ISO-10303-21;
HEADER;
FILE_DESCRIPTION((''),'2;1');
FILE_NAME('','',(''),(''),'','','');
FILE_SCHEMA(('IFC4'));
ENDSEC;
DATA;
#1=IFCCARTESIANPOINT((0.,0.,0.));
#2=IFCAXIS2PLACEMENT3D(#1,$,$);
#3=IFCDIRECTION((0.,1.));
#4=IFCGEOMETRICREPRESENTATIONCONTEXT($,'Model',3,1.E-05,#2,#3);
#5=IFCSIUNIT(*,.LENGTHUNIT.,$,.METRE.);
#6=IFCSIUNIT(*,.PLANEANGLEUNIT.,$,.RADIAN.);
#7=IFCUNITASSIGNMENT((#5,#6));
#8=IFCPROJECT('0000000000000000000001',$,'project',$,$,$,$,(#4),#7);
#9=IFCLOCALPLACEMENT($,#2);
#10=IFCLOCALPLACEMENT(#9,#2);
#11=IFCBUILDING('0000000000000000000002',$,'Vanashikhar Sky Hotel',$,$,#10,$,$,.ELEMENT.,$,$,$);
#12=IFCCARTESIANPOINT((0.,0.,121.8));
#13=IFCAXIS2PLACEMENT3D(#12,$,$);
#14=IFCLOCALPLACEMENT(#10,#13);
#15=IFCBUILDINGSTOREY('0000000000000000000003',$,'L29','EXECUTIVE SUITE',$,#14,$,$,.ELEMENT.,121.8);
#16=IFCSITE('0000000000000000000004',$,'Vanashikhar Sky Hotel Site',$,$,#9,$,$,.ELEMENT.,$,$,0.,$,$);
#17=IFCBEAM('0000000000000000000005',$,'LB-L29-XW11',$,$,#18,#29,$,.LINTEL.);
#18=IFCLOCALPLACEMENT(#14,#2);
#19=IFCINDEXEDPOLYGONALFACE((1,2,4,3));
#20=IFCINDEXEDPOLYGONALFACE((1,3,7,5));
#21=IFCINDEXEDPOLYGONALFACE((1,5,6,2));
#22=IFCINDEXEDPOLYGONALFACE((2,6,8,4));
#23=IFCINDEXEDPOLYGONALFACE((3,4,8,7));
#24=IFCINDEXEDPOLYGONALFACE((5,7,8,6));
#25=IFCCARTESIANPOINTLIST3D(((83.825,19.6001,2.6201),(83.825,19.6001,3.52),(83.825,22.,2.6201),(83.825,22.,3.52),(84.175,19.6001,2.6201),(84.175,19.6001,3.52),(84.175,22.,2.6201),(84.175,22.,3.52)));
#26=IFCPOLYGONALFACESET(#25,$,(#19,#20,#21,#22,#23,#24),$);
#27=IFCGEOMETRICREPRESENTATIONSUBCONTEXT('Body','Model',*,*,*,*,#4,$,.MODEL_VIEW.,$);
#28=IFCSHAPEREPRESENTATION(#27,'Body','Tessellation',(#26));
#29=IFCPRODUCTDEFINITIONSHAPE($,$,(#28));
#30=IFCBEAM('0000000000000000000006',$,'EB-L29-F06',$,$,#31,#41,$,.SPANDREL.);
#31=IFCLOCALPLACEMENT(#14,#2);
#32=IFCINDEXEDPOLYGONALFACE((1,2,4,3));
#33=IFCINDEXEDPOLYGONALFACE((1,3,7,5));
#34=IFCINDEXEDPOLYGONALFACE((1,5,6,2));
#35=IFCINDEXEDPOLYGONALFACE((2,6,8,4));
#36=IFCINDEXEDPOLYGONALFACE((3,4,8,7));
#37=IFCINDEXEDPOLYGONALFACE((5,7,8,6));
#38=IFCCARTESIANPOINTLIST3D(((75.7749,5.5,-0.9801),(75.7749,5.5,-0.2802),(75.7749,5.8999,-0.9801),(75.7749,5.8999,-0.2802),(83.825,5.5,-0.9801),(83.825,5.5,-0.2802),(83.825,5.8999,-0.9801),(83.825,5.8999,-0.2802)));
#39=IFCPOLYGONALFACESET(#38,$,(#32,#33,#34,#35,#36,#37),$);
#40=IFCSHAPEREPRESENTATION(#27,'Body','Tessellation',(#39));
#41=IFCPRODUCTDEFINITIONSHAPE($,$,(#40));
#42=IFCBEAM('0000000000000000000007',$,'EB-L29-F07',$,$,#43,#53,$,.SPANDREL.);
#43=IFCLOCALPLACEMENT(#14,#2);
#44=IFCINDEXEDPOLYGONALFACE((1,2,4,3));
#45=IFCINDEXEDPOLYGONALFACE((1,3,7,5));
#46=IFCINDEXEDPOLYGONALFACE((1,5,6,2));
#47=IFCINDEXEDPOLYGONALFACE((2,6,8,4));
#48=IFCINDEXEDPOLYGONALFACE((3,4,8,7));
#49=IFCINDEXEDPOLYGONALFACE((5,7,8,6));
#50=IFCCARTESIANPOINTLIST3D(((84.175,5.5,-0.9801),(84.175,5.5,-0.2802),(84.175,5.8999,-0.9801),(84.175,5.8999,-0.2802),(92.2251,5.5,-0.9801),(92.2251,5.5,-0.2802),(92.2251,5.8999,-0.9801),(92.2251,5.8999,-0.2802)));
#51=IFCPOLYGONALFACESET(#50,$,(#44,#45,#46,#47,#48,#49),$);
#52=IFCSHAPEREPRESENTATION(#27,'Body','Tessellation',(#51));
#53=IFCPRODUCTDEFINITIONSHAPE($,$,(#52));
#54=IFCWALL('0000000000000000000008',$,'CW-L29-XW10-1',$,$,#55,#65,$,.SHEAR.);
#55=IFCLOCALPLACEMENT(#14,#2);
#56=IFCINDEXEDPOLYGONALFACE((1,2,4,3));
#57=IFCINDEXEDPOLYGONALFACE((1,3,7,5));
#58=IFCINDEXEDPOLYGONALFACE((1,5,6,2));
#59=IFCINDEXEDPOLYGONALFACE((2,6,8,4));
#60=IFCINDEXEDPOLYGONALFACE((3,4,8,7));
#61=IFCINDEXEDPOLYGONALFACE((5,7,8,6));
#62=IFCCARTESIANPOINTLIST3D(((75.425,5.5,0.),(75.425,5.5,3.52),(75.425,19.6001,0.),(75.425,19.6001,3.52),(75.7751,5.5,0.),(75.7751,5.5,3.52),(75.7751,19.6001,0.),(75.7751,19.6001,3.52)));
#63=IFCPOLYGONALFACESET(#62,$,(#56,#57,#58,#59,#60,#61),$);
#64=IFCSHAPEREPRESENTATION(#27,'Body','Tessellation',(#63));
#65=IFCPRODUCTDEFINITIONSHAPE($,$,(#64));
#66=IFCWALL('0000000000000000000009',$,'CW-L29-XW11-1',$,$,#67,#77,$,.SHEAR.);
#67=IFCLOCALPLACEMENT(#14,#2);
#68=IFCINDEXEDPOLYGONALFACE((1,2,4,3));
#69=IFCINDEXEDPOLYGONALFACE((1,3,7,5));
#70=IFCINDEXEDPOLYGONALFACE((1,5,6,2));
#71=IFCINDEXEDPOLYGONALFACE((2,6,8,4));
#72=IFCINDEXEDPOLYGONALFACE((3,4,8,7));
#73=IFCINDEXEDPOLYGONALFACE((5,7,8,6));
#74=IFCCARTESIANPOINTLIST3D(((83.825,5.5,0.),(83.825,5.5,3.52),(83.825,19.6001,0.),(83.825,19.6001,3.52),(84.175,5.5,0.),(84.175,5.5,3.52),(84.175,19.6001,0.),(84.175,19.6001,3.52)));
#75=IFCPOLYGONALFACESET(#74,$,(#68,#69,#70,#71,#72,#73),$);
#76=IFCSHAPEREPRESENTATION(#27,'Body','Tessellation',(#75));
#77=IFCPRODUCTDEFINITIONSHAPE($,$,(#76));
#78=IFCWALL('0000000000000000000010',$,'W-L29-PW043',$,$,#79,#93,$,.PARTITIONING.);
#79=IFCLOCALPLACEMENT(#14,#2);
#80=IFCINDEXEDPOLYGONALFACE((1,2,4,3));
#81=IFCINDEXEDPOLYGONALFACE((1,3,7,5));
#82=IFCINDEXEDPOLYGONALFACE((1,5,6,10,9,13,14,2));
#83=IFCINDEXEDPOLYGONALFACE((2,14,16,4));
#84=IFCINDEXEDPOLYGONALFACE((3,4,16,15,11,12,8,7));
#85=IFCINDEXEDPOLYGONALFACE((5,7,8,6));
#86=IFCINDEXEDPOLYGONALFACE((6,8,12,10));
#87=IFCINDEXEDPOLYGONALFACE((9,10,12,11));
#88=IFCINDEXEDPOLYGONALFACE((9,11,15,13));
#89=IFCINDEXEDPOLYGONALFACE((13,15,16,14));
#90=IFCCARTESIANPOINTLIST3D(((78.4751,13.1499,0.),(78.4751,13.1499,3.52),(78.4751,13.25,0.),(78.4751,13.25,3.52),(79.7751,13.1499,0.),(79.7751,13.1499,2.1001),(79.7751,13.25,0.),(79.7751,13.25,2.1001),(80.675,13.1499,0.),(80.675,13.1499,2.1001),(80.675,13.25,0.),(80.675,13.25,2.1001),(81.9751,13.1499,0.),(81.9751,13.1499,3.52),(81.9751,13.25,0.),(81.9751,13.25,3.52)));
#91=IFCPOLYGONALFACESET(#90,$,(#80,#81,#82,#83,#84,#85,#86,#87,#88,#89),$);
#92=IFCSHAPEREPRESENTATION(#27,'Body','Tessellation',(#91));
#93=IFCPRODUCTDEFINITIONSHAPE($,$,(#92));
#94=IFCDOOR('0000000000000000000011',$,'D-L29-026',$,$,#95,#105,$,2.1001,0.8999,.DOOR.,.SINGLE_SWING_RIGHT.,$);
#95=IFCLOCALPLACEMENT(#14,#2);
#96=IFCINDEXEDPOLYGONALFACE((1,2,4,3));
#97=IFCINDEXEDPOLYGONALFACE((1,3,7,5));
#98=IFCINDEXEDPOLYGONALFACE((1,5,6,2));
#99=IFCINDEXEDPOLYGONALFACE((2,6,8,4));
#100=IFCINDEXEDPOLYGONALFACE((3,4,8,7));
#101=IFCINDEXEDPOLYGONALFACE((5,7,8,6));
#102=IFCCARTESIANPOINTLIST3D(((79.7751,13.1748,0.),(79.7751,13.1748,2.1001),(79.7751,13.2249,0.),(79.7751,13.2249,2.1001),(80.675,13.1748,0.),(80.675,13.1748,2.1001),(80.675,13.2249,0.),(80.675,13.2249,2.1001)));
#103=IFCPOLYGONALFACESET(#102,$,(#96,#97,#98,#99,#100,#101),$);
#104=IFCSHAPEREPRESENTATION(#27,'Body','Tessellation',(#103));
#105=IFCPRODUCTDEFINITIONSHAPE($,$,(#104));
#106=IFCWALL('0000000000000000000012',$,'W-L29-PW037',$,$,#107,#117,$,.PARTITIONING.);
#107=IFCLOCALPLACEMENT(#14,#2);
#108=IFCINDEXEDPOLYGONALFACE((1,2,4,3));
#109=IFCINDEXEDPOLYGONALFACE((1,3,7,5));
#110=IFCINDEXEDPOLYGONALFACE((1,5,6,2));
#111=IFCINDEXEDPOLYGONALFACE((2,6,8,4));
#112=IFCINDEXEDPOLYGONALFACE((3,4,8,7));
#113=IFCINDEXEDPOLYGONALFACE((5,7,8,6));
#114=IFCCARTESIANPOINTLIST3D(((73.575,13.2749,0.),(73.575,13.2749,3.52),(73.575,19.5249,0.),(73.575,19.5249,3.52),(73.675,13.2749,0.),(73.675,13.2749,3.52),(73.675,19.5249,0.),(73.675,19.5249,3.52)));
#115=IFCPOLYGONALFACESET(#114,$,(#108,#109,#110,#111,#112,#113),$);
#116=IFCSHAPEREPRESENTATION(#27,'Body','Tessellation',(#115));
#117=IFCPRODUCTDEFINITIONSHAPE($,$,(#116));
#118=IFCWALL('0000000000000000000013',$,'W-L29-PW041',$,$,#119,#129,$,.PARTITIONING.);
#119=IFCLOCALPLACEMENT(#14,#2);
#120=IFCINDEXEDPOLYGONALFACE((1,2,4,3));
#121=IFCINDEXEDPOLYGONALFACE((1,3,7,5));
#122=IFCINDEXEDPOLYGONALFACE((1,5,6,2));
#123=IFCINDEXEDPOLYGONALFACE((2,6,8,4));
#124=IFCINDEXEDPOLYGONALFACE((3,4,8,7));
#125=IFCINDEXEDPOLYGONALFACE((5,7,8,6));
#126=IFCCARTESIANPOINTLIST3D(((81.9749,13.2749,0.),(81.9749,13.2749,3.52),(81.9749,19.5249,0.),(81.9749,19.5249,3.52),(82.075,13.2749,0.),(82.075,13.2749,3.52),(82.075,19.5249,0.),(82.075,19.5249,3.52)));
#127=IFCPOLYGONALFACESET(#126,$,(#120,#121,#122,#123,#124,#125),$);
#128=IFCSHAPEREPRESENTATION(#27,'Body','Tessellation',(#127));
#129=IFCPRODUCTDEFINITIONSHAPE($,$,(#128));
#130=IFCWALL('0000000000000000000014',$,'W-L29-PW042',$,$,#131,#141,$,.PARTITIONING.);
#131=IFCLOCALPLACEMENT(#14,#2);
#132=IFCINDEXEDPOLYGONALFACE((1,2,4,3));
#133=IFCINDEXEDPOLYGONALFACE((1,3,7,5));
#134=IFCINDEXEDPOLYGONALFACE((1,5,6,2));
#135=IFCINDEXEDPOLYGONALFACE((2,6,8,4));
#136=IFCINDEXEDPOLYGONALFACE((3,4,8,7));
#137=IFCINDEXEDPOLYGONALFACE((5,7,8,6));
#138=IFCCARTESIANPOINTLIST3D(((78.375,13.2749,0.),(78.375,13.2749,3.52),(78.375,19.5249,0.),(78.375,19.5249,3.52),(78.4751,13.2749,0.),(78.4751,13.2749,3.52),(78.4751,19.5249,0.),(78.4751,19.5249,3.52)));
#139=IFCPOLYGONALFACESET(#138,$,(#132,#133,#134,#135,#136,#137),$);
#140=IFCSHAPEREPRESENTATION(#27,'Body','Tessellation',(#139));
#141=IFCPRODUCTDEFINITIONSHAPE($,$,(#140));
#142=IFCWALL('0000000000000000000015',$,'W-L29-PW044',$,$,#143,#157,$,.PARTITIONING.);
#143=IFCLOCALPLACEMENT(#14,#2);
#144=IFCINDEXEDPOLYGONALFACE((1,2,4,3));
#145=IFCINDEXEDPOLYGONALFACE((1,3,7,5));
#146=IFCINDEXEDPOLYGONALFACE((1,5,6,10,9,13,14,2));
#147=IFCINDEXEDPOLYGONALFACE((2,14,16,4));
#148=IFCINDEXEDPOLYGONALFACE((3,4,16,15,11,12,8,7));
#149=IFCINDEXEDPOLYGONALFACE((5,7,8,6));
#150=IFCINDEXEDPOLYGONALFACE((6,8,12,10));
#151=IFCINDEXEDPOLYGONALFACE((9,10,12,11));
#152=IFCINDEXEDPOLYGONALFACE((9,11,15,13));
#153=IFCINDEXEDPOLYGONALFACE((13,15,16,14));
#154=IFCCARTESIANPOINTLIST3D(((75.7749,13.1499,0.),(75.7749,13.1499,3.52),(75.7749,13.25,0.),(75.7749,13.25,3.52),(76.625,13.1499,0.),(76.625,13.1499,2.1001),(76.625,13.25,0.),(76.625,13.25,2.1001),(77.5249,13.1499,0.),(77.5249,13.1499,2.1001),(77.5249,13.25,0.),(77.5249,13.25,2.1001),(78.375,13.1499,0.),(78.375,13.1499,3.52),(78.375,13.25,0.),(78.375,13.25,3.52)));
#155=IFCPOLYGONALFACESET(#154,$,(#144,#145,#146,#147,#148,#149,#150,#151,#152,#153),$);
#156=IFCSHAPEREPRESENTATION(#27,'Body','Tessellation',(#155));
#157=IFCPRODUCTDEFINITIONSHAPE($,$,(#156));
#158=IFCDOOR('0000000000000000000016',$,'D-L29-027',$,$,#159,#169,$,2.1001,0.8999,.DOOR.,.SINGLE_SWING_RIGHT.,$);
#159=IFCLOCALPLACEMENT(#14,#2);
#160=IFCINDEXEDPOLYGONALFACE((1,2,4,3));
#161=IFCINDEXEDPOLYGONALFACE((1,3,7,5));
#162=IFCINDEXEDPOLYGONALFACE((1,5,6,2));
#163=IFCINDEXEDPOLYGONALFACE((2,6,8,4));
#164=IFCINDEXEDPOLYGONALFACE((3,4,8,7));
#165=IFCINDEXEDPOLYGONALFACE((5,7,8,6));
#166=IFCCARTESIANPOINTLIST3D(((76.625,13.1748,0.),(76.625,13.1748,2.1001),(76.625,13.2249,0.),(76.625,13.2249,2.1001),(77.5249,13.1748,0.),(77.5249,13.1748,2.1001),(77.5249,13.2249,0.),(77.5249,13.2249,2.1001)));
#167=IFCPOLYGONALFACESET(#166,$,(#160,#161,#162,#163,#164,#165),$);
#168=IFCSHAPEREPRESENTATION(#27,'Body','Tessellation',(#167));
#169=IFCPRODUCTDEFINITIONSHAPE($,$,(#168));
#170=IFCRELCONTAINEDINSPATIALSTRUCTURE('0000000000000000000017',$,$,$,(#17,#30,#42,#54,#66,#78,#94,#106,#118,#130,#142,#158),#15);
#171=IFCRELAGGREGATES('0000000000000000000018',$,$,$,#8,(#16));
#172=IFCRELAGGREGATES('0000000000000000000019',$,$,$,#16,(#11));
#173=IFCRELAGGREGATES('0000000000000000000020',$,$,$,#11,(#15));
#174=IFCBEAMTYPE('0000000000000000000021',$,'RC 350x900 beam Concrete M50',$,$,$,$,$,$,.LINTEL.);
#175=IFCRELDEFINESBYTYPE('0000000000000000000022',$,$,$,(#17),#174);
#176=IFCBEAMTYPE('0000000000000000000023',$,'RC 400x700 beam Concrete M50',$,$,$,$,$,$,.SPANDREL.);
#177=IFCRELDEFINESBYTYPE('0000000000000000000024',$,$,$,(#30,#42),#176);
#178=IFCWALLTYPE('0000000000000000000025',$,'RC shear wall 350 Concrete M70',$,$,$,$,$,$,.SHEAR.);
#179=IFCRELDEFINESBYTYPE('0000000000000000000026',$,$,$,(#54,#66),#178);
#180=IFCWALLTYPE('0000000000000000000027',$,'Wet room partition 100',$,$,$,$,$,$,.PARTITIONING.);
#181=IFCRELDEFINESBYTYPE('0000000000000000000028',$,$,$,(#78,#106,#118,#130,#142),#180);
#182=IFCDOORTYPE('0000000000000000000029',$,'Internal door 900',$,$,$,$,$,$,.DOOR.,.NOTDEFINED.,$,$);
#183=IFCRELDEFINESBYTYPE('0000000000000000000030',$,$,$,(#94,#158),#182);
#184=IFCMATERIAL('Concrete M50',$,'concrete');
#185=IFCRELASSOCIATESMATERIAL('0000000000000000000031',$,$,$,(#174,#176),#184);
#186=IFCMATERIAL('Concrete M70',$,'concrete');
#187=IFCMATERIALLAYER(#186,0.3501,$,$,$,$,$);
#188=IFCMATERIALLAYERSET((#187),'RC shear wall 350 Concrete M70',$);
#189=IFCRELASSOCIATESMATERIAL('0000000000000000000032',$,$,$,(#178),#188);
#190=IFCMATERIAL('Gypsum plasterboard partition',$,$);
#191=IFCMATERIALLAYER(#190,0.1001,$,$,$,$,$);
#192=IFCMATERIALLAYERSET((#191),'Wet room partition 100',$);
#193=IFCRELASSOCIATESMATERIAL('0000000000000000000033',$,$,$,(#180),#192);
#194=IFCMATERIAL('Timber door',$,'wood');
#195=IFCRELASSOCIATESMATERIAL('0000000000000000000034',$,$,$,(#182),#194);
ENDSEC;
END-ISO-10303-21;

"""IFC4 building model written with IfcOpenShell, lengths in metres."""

from ifc_helpers import new_model, si_unit, direction, frame, frame_2d, origin, origin_2d, place, context, subcontext, project, spatial, rectangle, extrude, source, transform, mapped, material, layer, layer_set, material_profile, profile_set, type_object, element, fill, save


model = new_model("IFC4")

# Units and contexts
model_context = context("Model", 3, precision=1e-05, world=origin(), true_north=direction((0.0, 1.0)))
body_context = subcontext(model_context, "Body", "Model", "MODEL_VIEW")
ifc_project = project(units=[si_unit("LENGTHUNIT", "METRE"), si_unit("PLANEANGLEUNIT", "RADIAN")], contexts=[model_context])

# Site, building, storey
site_placement = place(None, origin())
site = spatial("IfcSite", under=ifc_project, at=site_placement, Name="Vanashikhar Sky Hotel Site", CompositionType="ELEMENT", RefElevation=0.0)
building_placement = place(site_placement, origin())
building = spatial("IfcBuilding", under=site, at=building_placement, Name="Vanashikhar Sky Hotel", CompositionType="ELEMENT")
storey_placement = place(building_placement, frame((0.0, 0.0, 121.8)))
storey = spatial("IfcBuildingStorey", under=building, at=storey_placement, Name="L29", Description="EXECUTIVE SUITE", CompositionType="ELEMENT", Elevation=121.8)

# Beams
ifc_material_1 = material(Name="Concrete M50", Category="concrete")
ifc_material_profile_1 = material_profile(ifc_material_1, rectangle(XDim=0.3501, YDim=0.8999, at=origin_2d()))
ifc_profile_set_1 = profile_set([ifc_material_profile_1], Name="RC 350x900 beam Concrete M50")
beam_type_1 = type_object("IfcBeamType", Name="RC 350x900 beam Concrete M50", PredefinedType="LINTEL", material=ifc_profile_set_1)
shared_shape_1 = source(origin(), body_context, "Body", "SweptSolid", [
    extrude(rectangle(XDim=0.3501, YDim=0.8999, at=origin_2d()), origin(), (0.0, 0.0, 1.0), 2.3999),
])
beam_placement = place(storey_placement, frame((84.0, 19.6001, 3.0701), z_axis=(0.0, 1.0, 0.0), x_axis=(-1.0, 0.0, 0.0)))
element("IfcBeam", 1, at=beam_placement, inside=storey, type_object=beam_type_1, Name="LB-L29-XW11", PredefinedType="LINTEL", context=body_context, shape_type="MappedRepresentation", body=[
    mapped(shared_shape_1, transform((0.0, 0.0, 0.0), scale=1.0)),
])
ifc_material_profile_2 = material_profile(ifc_material_1, rectangle(XDim=0.3999, YDim=0.7, at=origin_2d()))
ifc_profile_set_2 = profile_set([ifc_material_profile_2], Name="RC 400x700 beam Concrete M50")
beam_type_2 = type_object("IfcBeamType", Name="RC 400x700 beam Concrete M50", PredefinedType="SPANDREL", material=ifc_profile_set_2)
shared_shape_2 = source(origin(), body_context, "Body", "SweptSolid", [
    extrude(rectangle(XDim=0.3999, YDim=0.7, at=origin_2d()), origin(), (0.0, 0.0, 1.0), 8.05),
])
for number, where, z_axis, x_axis, name in (
    (2, (75.7749, 5.7, -0.6301), (1.0, 0.0, 0.0), (0.0, 1.0, 0.0), "EB-L29-F06"),
    (3, (84.175, 5.7, -0.6301), (1.0, 0.0, 0.0), (0.0, 1.0, 0.0), "EB-L29-F07"),
):
    element("IfcBeam", number, at=place(storey_placement, frame(where, z_axis=z_axis, x_axis=x_axis)), inside=storey, type_object=beam_type_2, Name=name, PredefinedType="SPANDREL", context=body_context, shape_type="MappedRepresentation", body=[
        mapped(shared_shape_2, transform((0.0, 0.0, 0.0), scale=1.0)),
    ])

# Walls
ifc_material_2 = material(Name="Concrete M70", Category="concrete")
ifc_layer_1 = layer(ifc_material_2, 0.3501)
ifc_layer_set_1 = layer_set([ifc_layer_1], Name="RC shear wall 350 Concrete M70")
wall_type_1 = type_object("IfcWallType", Name="RC shear wall 350 Concrete M70", PredefinedType="SHEAR", material=ifc_layer_set_1)
shared_shape_3 = source(origin(), body_context, "Body", "SweptSolid", [
    extrude(rectangle(XDim=14.1001, YDim=0.3501, at=frame_2d((7.05, 0.0))), origin(), (0.0, 0.0, 1.0), 3.52),
])
for number, where, z_axis, x_axis, name in (
    (4, (75.6001, 5.5, 0.0), (0.0, 0.0, 1.0), (0.0, 1.0, 0.0), "CW-L29-XW10-1"),
    (5, (84.0, 5.5, 0.0), (0.0, 0.0, 1.0), (0.0, 1.0, 0.0), "CW-L29-XW11-1"),
):
    element("IfcWall", number, at=place(storey_placement, frame(where, z_axis=z_axis, x_axis=x_axis)), inside=storey, type_object=wall_type_1, Name=name, PredefinedType="SHEAR", context=body_context, shape_type="MappedRepresentation", body=[
        mapped(shared_shape_3, transform((0.0, 0.0, 0.0), scale=1.0)),
    ])

# Wall, opening, door
ifc_material_3 = material(Name="Gypsum plasterboard partition")
ifc_layer_2 = layer(ifc_material_3, 0.1001)
ifc_layer_set_2 = layer_set([ifc_layer_2], Name="Wet room partition 100")
wall_type_2 = type_object("IfcWallType", Name="Wet room partition 100", PredefinedType="PARTITIONING", material=ifc_layer_set_2)
shared_shape_4 = source(origin(), body_context, "Body", "SweptSolid", [
    extrude(rectangle(XDim=3.5, YDim=0.1001, at=frame_2d((1.75, 0.0))), origin(), (0.0, 0.0, 1.0), 3.52),
])
wall_1_placement = place(storey_placement, frame((78.4751, 13.2, 0.0), z_axis=(0.0, 0.0, 1.0), x_axis=(1.0, 0.0, 0.0)))
wall_1 = element("IfcWall", 6, at=wall_1_placement, inside=storey, type_object=wall_type_2, Name="W-L29-PW043", PredefinedType="PARTITIONING", context=body_context, shape_type="MappedRepresentation", body=[
    mapped(shared_shape_4, transform((0.0, 0.0, 0.0), scale=1.0)),
])
shared_shape_5 = source(origin(), body_context, "Body", "SweptSolid", [
    extrude(rectangle(XDim=0.8999, YDim=2.1001, at=frame_2d((0.45, 1.05))), frame((0.0, 0.0601, 0.0), z_axis=(0.0, -1.0, 0.0), x_axis=(1.0, 0.0, 0.0)), (0.0, 0.0, 1.0), 0.1201),
])
opening_1_placement = place(wall_1_placement, frame((1.3, 0.0, 0.0)))
opening_1 = element("IfcOpeningElement", 7, at=opening_1_placement, cuts=wall_1, PredefinedType="OPENING", context=body_context, shape_type="MappedRepresentation", body=[
    mapped(shared_shape_5, transform((0.0, 0.0, 0.0), scale=1.0)),
])
ifc_material_4 = material(Name="Timber door", Category="wood")
door_type_1 = type_object("IfcDoorType", Name="Internal door 900", OperationType="NOTDEFINED", PredefinedType="DOOR", material=ifc_material_4)
shared_shape_6 = source(origin(), body_context, "Body", "SweptSolid", [
    extrude(rectangle(XDim=0.8999, YDim=2.1001, at=frame_2d((0.45, 1.05))), frame((0.0, 0.0249, 0.0), z_axis=(0.0, -1.0, 0.0), x_axis=(1.0, 0.0, 0.0)), (0.0, 0.0, 1.0), 0.05),
])
door_1_placement = place(opening_1_placement, origin())
door_1 = element("IfcDoor", 8, at=door_1_placement, inside=storey, type_object=door_type_1, Name="D-L29-026", OperationType="SINGLE_SWING_RIGHT", OverallHeight=2.1001, OverallWidth=0.8999, PredefinedType="DOOR", context=body_context, shape_type="MappedRepresentation", body=[
    mapped(shared_shape_6, transform((0.0, 0.0, 0.0), scale=1.0)),
])
fill(opening_1, door_1)

# Walls
shared_shape_7 = source(origin(), body_context, "Body", "SweptSolid", [
    extrude(rectangle(XDim=6.25, YDim=0.1001, at=frame_2d((3.125, 0.0))), origin(), (0.0, 0.0, 1.0), 3.52),
])
for number, where, z_axis, x_axis, name in (
    (9, (73.625, 13.2749, 0.0), (0.0, 0.0, 1.0), (0.0, 1.0, 0.0), "W-L29-PW037"),
    (10, (82.0249, 13.2749, 0.0), (0.0, 0.0, 1.0), (0.0, 1.0, 0.0), "W-L29-PW041"),
    (11, (78.425, 13.2749, 0.0), (0.0, 0.0, 1.0), (0.0, 1.0, 0.0), "W-L29-PW042"),
):
    element("IfcWall", number, at=place(storey_placement, frame(where, z_axis=z_axis, x_axis=x_axis)), inside=storey, type_object=wall_type_2, Name=name, PredefinedType="PARTITIONING", context=body_context, shape_type="MappedRepresentation", body=[
        mapped(shared_shape_7, transform((0.0, 0.0, 0.0), scale=1.0)),
    ])

# Wall, opening, door
shared_shape_8 = source(origin(), body_context, "Body", "SweptSolid", [
    extrude(rectangle(XDim=2.6001, YDim=0.1001, at=frame_2d((1.3, 0.0))), origin(), (0.0, 0.0, 1.0), 3.52),
])
wall_2_placement = place(storey_placement, frame((75.7749, 13.2, 0.0), z_axis=(0.0, 0.0, 1.0), x_axis=(1.0, 0.0, 0.0)))
wall_2 = element("IfcWall", 12, at=wall_2_placement, inside=storey, type_object=wall_type_2, Name="W-L29-PW044", PredefinedType="PARTITIONING", context=body_context, shape_type="MappedRepresentation", body=[
    mapped(shared_shape_8, transform((0.0, 0.0, 0.0), scale=1.0)),
])
opening_2_placement = place(wall_2_placement, frame((0.8501, 0.0, 0.0)))
opening_2 = element("IfcOpeningElement", 13, at=opening_2_placement, cuts=wall_2, PredefinedType="OPENING", context=body_context, shape_type="MappedRepresentation", body=[
    mapped(shared_shape_5, transform((0.0, 0.0, 0.0), scale=1.0)),
])
door_2_placement = place(opening_2_placement, origin())
door_2 = element("IfcDoor", 14, at=door_2_placement, inside=storey, type_object=door_type_1, Name="D-L29-027", OperationType="SINGLE_SWING_RIGHT", OverallHeight=2.1001, OverallWidth=0.8999, PredefinedType="DOOR", context=body_context, shape_type="MappedRepresentation", body=[
    mapped(shared_shape_6, transform((0.0, 0.0, 0.0), scale=1.0)),
])
fill(opening_2, door_2)

save(model, "model.ifc")
